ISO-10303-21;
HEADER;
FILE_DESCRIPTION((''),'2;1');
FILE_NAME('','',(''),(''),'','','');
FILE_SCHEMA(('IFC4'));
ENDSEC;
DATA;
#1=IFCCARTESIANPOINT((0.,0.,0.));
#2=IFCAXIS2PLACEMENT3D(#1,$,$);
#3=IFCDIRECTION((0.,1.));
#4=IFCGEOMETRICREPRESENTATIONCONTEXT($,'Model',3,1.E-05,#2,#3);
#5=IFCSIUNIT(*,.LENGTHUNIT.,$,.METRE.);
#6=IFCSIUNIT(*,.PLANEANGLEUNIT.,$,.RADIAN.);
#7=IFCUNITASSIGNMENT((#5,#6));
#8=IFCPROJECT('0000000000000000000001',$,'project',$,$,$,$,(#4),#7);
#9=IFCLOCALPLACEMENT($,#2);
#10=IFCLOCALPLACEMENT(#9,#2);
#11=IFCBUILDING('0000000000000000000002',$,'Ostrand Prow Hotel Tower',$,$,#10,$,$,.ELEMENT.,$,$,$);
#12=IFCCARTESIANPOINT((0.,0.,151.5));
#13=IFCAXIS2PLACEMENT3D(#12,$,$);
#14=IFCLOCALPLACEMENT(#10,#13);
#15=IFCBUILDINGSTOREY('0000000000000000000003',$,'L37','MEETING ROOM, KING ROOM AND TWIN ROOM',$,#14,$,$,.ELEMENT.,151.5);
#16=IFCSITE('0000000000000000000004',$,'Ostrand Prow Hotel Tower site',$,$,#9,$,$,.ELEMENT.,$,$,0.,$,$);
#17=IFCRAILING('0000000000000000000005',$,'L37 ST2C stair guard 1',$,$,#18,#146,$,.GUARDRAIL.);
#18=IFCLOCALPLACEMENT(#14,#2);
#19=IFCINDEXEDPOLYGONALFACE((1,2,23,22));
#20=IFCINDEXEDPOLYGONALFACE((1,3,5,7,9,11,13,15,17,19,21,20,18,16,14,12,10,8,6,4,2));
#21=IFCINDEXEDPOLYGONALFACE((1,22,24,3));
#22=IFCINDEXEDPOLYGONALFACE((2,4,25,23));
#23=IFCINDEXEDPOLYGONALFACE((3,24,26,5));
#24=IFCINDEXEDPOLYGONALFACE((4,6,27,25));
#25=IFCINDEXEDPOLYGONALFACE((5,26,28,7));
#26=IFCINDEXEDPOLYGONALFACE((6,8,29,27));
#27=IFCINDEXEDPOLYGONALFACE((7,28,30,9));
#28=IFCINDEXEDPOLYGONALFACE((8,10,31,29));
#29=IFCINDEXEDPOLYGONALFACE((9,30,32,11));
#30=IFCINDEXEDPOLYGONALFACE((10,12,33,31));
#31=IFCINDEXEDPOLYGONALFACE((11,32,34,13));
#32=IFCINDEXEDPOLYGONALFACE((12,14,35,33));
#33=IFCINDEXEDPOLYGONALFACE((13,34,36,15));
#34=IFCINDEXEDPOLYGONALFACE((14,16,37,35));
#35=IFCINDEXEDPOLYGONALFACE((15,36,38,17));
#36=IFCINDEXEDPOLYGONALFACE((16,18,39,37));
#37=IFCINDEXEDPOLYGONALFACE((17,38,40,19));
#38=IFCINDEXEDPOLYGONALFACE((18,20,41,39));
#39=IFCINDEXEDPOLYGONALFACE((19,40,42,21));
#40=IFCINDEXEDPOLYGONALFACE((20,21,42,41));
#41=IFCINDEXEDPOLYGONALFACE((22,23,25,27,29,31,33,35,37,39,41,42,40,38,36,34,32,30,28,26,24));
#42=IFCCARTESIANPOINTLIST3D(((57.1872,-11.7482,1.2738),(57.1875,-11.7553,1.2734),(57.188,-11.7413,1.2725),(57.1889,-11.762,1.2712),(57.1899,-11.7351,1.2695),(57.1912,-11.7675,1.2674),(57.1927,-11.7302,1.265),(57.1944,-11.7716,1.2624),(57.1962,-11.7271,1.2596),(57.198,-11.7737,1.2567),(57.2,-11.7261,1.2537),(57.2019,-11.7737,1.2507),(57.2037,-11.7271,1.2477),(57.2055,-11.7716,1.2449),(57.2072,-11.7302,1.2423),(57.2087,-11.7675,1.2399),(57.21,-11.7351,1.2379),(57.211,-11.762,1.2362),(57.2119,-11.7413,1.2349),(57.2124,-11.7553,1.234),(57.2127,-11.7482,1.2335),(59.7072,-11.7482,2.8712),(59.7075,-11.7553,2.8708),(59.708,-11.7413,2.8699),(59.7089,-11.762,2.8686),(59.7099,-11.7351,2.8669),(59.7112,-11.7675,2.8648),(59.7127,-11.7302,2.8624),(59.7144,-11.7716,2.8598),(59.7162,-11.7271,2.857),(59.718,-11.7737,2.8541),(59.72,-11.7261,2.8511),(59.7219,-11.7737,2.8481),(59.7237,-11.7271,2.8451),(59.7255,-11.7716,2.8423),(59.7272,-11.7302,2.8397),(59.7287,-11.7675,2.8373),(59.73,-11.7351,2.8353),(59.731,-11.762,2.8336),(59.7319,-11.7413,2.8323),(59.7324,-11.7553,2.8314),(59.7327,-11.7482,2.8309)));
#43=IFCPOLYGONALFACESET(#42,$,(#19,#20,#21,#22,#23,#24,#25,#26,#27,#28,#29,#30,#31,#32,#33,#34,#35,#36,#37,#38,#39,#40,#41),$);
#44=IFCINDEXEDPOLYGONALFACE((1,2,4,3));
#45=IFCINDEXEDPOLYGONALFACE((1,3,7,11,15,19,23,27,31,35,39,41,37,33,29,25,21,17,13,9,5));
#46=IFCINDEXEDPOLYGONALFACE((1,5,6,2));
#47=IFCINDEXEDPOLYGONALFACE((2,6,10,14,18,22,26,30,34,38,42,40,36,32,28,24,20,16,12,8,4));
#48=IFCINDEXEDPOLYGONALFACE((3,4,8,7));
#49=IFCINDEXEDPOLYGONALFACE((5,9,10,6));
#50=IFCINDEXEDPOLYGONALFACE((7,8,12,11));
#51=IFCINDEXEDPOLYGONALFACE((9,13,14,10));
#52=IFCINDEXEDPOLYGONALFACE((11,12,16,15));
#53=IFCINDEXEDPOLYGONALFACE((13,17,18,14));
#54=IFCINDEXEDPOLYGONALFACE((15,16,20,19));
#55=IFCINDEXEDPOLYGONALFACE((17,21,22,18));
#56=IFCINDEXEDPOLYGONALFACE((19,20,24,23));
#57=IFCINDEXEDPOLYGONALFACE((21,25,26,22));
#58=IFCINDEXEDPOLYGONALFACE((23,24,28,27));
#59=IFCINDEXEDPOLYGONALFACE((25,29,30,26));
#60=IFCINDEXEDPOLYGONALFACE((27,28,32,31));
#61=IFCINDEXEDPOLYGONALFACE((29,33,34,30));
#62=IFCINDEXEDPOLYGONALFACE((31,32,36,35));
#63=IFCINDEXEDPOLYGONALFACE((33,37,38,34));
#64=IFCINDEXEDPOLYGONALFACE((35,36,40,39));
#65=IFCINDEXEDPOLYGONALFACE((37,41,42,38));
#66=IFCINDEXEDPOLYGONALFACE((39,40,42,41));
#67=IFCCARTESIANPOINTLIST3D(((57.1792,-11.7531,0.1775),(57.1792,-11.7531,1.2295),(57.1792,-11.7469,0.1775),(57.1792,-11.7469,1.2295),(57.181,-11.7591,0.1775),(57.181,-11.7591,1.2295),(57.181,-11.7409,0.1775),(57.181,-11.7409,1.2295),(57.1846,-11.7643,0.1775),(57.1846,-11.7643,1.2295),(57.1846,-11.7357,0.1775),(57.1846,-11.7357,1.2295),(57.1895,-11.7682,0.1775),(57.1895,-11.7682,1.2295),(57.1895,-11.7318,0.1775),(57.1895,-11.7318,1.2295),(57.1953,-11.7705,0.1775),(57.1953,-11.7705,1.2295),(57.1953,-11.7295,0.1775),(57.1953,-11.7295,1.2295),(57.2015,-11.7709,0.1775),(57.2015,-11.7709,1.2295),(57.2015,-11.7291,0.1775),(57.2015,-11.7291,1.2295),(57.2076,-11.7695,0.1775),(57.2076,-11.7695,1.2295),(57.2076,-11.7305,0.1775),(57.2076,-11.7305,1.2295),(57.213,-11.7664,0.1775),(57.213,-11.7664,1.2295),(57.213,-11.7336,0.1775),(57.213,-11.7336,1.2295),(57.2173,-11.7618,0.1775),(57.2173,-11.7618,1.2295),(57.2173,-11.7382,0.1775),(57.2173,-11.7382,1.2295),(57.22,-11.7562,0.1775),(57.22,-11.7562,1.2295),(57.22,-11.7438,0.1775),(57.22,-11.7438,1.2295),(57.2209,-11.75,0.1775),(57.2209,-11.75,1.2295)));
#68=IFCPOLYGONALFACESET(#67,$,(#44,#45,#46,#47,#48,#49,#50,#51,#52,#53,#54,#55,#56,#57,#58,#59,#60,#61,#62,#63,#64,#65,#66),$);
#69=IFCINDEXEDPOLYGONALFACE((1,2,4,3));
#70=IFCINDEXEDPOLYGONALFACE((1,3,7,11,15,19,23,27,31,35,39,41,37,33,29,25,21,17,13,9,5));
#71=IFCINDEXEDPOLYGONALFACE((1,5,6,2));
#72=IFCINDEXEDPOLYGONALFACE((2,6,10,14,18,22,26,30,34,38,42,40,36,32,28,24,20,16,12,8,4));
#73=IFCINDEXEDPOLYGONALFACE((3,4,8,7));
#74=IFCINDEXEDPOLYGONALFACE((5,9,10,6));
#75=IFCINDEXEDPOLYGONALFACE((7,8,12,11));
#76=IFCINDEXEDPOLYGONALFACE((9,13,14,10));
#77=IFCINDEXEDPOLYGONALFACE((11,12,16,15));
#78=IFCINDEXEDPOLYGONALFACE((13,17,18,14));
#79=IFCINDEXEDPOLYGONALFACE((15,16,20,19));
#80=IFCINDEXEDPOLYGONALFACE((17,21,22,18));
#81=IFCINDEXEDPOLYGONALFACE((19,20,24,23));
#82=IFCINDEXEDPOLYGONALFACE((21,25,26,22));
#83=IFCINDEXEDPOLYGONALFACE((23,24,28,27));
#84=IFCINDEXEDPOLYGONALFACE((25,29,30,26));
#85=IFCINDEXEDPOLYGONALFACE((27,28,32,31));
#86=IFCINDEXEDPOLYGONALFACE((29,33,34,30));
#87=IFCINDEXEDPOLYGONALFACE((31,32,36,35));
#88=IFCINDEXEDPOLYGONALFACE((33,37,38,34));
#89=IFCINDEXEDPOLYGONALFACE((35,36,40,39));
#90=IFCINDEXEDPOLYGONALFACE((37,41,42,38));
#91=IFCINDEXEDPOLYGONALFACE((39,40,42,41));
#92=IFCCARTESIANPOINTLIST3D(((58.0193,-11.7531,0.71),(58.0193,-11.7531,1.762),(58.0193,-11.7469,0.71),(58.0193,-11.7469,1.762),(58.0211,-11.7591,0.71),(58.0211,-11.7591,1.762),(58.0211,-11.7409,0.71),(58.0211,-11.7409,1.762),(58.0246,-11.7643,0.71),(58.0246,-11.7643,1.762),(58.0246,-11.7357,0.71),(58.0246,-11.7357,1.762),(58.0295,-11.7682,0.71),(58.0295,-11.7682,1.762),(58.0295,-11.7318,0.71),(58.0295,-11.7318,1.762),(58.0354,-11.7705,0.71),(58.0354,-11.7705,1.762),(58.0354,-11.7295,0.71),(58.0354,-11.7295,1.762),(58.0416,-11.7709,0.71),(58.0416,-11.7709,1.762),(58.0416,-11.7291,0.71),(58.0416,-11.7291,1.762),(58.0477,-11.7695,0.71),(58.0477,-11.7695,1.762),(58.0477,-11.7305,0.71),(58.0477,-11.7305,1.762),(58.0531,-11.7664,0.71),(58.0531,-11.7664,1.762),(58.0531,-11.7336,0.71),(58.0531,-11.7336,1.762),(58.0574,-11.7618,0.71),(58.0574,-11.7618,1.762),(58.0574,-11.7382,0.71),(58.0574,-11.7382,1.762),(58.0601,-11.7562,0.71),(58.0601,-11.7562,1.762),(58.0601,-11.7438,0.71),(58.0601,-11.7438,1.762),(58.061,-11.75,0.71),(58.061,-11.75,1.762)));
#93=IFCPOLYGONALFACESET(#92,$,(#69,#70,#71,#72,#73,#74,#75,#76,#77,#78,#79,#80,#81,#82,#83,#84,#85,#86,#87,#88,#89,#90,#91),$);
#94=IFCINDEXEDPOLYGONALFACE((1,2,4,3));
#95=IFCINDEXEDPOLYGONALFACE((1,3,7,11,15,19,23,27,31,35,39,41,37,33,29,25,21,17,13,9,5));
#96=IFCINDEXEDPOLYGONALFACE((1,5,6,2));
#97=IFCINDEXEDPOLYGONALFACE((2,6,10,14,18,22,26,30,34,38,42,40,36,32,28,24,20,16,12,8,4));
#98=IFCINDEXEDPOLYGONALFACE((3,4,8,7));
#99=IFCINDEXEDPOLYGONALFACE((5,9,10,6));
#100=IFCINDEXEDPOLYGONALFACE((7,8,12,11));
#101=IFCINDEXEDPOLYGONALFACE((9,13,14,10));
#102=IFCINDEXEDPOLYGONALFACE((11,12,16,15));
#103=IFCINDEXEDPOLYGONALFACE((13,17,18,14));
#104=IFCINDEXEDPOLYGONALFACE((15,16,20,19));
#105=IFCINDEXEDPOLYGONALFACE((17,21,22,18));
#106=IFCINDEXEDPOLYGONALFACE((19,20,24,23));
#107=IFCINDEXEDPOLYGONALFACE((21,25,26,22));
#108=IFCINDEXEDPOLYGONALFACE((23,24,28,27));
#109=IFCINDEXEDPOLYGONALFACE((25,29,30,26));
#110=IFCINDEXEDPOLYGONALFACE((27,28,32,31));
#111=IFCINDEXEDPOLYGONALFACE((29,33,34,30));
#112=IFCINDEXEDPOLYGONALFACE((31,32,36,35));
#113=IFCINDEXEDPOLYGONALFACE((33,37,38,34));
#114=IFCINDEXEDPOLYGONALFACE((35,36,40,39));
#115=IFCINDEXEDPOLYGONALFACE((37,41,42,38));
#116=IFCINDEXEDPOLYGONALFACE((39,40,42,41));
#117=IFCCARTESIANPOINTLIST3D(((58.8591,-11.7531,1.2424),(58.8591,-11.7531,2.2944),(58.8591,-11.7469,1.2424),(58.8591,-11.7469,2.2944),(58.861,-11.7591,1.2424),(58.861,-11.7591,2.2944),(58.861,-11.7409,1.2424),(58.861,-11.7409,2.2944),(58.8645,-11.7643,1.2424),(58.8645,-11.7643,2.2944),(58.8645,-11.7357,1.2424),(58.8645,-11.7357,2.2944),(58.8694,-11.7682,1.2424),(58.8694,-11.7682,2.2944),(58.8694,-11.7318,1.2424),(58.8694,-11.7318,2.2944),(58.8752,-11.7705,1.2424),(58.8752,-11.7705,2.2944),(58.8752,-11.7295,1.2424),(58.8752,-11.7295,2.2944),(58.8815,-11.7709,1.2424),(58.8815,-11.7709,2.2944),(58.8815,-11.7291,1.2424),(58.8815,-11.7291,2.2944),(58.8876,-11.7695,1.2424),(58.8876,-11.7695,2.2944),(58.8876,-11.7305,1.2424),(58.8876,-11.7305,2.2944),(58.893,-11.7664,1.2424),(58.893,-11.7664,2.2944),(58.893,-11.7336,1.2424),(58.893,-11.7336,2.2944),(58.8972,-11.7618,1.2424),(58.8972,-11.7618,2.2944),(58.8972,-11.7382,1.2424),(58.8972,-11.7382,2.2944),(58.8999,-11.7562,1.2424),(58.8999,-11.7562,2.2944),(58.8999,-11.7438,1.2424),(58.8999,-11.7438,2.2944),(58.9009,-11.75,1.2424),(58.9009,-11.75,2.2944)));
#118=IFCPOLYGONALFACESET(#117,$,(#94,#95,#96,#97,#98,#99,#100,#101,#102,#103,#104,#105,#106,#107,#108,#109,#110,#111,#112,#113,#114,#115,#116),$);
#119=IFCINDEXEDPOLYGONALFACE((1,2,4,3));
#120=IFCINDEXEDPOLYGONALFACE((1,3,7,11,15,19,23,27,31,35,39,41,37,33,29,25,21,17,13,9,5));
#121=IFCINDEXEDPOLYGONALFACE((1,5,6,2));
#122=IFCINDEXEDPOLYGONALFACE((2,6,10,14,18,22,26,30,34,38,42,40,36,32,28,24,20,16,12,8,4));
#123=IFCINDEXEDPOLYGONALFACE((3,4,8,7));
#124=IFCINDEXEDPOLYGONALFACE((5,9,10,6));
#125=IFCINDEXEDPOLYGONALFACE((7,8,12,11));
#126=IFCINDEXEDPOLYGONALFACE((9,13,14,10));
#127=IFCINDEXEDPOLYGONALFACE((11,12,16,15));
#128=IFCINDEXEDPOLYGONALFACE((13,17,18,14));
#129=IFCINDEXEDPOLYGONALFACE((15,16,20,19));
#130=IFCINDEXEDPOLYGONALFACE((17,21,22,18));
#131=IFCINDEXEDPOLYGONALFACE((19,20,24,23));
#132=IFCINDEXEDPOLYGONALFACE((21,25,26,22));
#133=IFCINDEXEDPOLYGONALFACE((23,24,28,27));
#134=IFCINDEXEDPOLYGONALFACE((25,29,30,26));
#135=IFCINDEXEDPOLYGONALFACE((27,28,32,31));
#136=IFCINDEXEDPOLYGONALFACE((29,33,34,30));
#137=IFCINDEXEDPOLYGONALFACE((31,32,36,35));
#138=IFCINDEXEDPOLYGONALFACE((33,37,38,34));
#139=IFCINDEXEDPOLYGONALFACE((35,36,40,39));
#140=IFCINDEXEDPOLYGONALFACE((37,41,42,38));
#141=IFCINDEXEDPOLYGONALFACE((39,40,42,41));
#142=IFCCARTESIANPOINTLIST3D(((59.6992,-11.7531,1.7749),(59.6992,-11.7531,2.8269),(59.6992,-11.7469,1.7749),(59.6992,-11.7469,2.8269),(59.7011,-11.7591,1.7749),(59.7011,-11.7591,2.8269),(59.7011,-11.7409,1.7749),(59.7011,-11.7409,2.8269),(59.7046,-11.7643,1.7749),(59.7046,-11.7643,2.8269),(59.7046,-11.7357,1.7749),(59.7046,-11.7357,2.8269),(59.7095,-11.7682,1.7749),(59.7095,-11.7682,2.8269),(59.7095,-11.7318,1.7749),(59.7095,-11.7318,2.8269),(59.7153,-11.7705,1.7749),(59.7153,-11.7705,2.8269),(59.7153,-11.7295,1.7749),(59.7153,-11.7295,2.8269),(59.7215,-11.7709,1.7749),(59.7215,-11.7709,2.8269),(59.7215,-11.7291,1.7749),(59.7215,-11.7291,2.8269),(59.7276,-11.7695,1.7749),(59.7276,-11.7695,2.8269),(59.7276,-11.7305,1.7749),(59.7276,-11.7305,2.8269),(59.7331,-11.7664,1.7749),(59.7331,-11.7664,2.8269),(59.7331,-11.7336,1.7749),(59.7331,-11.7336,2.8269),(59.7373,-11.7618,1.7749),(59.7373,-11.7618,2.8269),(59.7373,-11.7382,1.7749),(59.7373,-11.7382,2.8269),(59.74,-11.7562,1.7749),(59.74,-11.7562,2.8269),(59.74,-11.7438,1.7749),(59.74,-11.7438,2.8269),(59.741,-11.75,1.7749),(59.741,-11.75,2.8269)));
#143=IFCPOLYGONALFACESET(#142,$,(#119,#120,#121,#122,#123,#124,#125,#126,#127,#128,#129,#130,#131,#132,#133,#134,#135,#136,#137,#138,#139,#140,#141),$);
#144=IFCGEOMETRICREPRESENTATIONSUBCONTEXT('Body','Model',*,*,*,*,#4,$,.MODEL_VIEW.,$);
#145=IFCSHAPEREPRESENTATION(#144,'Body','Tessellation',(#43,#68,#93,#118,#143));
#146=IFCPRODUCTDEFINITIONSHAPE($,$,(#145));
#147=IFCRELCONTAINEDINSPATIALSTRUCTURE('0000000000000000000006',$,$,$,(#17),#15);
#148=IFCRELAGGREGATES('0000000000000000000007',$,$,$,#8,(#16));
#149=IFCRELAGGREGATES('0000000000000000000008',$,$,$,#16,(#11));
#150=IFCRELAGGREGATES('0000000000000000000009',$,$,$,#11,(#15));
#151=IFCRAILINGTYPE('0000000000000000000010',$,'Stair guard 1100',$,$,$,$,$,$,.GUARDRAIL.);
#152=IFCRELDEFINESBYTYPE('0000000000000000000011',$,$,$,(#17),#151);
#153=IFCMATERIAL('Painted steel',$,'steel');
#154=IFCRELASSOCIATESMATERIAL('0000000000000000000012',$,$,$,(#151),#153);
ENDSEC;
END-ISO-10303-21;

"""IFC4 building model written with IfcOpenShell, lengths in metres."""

from ifc_helpers import new_model, si_unit, direction, frame, origin, origin_2d, place, context, subcontext, project, spatial, circle, extrude, material, type_object, element, save


model = new_model("IFC4")

# Units and contexts
model_context = context("Model", 3, precision=1e-05, world=origin(), true_north=direction((0.0, 1.0)))
body_context = subcontext(model_context, "Body", "Model", "MODEL_VIEW")
ifc_project = project(units=[si_unit("LENGTHUNIT", "METRE"), si_unit("PLANEANGLEUNIT", "RADIAN")], contexts=[model_context])

# Site, building, storey
site_placement = place(None, origin())
site = spatial("IfcSite", under=ifc_project, at=site_placement, Name="Ostrand Prow Hotel Tower site", CompositionType="ELEMENT", RefElevation=0.0)
building_placement = place(site_placement, origin())
building = spatial("IfcBuilding", under=site, at=building_placement, Name="Ostrand Prow Hotel Tower", CompositionType="ELEMENT")
storey_placement = place(building_placement, frame((0.0, 0.0, 151.5)))
storey = spatial("IfcBuildingStorey", under=building, at=storey_placement, Name="L37", Description="MEETING ROOM, KING ROOM AND TWIN ROOM", CompositionType="ELEMENT", Elevation=151.5)

# Railing
ifc_material_1 = material(Name="Painted steel", Category="steel")
railing_type_1 = type_object("IfcRailingType", Name="Stair guard 1100", PredefinedType="GUARDRAIL", material=ifc_material_1)
railing_1_placement = place(storey_placement, frame((57.2, -11.75, 0.1775)))
element("IfcRailing", 1, at=railing_1_placement, inside=storey, type_object=railing_type_1, Name="L37 ST2C stair guard 1", PredefinedType="GUARDRAIL", context=body_context, shape_type="SweptSolid", body=[
    extrude(circle(Radius=0.0239, at=origin_2d()), frame((0.0, 0.0, 1.0762), z_axis=(0.844607, 0.0, 0.535387), x_axis=(0.0, 1.0, 0.0)), (0.0, 0.0, 1.0), 2.9836),
    extrude(circle(Radius=0.021, at=origin_2d()), origin(), (0.0, 0.0, 1.0), 1.052),
    extrude(circle(Radius=0.021, at=origin_2d()), frame((0.8401, 0.0, 0.5325)), (0.0, 0.0, 1.0), 1.052),
    extrude(circle(Radius=0.021, at=origin_2d()), frame((1.6799, 0.0, 1.0649)), (0.0, 0.0, 1.0), 1.052),
    extrude(circle(Radius=0.021, at=origin_2d()), frame((2.52, 0.0, 1.5974)), (0.0, 0.0, 1.0), 1.052),
])

save(model, "model.ifc")
